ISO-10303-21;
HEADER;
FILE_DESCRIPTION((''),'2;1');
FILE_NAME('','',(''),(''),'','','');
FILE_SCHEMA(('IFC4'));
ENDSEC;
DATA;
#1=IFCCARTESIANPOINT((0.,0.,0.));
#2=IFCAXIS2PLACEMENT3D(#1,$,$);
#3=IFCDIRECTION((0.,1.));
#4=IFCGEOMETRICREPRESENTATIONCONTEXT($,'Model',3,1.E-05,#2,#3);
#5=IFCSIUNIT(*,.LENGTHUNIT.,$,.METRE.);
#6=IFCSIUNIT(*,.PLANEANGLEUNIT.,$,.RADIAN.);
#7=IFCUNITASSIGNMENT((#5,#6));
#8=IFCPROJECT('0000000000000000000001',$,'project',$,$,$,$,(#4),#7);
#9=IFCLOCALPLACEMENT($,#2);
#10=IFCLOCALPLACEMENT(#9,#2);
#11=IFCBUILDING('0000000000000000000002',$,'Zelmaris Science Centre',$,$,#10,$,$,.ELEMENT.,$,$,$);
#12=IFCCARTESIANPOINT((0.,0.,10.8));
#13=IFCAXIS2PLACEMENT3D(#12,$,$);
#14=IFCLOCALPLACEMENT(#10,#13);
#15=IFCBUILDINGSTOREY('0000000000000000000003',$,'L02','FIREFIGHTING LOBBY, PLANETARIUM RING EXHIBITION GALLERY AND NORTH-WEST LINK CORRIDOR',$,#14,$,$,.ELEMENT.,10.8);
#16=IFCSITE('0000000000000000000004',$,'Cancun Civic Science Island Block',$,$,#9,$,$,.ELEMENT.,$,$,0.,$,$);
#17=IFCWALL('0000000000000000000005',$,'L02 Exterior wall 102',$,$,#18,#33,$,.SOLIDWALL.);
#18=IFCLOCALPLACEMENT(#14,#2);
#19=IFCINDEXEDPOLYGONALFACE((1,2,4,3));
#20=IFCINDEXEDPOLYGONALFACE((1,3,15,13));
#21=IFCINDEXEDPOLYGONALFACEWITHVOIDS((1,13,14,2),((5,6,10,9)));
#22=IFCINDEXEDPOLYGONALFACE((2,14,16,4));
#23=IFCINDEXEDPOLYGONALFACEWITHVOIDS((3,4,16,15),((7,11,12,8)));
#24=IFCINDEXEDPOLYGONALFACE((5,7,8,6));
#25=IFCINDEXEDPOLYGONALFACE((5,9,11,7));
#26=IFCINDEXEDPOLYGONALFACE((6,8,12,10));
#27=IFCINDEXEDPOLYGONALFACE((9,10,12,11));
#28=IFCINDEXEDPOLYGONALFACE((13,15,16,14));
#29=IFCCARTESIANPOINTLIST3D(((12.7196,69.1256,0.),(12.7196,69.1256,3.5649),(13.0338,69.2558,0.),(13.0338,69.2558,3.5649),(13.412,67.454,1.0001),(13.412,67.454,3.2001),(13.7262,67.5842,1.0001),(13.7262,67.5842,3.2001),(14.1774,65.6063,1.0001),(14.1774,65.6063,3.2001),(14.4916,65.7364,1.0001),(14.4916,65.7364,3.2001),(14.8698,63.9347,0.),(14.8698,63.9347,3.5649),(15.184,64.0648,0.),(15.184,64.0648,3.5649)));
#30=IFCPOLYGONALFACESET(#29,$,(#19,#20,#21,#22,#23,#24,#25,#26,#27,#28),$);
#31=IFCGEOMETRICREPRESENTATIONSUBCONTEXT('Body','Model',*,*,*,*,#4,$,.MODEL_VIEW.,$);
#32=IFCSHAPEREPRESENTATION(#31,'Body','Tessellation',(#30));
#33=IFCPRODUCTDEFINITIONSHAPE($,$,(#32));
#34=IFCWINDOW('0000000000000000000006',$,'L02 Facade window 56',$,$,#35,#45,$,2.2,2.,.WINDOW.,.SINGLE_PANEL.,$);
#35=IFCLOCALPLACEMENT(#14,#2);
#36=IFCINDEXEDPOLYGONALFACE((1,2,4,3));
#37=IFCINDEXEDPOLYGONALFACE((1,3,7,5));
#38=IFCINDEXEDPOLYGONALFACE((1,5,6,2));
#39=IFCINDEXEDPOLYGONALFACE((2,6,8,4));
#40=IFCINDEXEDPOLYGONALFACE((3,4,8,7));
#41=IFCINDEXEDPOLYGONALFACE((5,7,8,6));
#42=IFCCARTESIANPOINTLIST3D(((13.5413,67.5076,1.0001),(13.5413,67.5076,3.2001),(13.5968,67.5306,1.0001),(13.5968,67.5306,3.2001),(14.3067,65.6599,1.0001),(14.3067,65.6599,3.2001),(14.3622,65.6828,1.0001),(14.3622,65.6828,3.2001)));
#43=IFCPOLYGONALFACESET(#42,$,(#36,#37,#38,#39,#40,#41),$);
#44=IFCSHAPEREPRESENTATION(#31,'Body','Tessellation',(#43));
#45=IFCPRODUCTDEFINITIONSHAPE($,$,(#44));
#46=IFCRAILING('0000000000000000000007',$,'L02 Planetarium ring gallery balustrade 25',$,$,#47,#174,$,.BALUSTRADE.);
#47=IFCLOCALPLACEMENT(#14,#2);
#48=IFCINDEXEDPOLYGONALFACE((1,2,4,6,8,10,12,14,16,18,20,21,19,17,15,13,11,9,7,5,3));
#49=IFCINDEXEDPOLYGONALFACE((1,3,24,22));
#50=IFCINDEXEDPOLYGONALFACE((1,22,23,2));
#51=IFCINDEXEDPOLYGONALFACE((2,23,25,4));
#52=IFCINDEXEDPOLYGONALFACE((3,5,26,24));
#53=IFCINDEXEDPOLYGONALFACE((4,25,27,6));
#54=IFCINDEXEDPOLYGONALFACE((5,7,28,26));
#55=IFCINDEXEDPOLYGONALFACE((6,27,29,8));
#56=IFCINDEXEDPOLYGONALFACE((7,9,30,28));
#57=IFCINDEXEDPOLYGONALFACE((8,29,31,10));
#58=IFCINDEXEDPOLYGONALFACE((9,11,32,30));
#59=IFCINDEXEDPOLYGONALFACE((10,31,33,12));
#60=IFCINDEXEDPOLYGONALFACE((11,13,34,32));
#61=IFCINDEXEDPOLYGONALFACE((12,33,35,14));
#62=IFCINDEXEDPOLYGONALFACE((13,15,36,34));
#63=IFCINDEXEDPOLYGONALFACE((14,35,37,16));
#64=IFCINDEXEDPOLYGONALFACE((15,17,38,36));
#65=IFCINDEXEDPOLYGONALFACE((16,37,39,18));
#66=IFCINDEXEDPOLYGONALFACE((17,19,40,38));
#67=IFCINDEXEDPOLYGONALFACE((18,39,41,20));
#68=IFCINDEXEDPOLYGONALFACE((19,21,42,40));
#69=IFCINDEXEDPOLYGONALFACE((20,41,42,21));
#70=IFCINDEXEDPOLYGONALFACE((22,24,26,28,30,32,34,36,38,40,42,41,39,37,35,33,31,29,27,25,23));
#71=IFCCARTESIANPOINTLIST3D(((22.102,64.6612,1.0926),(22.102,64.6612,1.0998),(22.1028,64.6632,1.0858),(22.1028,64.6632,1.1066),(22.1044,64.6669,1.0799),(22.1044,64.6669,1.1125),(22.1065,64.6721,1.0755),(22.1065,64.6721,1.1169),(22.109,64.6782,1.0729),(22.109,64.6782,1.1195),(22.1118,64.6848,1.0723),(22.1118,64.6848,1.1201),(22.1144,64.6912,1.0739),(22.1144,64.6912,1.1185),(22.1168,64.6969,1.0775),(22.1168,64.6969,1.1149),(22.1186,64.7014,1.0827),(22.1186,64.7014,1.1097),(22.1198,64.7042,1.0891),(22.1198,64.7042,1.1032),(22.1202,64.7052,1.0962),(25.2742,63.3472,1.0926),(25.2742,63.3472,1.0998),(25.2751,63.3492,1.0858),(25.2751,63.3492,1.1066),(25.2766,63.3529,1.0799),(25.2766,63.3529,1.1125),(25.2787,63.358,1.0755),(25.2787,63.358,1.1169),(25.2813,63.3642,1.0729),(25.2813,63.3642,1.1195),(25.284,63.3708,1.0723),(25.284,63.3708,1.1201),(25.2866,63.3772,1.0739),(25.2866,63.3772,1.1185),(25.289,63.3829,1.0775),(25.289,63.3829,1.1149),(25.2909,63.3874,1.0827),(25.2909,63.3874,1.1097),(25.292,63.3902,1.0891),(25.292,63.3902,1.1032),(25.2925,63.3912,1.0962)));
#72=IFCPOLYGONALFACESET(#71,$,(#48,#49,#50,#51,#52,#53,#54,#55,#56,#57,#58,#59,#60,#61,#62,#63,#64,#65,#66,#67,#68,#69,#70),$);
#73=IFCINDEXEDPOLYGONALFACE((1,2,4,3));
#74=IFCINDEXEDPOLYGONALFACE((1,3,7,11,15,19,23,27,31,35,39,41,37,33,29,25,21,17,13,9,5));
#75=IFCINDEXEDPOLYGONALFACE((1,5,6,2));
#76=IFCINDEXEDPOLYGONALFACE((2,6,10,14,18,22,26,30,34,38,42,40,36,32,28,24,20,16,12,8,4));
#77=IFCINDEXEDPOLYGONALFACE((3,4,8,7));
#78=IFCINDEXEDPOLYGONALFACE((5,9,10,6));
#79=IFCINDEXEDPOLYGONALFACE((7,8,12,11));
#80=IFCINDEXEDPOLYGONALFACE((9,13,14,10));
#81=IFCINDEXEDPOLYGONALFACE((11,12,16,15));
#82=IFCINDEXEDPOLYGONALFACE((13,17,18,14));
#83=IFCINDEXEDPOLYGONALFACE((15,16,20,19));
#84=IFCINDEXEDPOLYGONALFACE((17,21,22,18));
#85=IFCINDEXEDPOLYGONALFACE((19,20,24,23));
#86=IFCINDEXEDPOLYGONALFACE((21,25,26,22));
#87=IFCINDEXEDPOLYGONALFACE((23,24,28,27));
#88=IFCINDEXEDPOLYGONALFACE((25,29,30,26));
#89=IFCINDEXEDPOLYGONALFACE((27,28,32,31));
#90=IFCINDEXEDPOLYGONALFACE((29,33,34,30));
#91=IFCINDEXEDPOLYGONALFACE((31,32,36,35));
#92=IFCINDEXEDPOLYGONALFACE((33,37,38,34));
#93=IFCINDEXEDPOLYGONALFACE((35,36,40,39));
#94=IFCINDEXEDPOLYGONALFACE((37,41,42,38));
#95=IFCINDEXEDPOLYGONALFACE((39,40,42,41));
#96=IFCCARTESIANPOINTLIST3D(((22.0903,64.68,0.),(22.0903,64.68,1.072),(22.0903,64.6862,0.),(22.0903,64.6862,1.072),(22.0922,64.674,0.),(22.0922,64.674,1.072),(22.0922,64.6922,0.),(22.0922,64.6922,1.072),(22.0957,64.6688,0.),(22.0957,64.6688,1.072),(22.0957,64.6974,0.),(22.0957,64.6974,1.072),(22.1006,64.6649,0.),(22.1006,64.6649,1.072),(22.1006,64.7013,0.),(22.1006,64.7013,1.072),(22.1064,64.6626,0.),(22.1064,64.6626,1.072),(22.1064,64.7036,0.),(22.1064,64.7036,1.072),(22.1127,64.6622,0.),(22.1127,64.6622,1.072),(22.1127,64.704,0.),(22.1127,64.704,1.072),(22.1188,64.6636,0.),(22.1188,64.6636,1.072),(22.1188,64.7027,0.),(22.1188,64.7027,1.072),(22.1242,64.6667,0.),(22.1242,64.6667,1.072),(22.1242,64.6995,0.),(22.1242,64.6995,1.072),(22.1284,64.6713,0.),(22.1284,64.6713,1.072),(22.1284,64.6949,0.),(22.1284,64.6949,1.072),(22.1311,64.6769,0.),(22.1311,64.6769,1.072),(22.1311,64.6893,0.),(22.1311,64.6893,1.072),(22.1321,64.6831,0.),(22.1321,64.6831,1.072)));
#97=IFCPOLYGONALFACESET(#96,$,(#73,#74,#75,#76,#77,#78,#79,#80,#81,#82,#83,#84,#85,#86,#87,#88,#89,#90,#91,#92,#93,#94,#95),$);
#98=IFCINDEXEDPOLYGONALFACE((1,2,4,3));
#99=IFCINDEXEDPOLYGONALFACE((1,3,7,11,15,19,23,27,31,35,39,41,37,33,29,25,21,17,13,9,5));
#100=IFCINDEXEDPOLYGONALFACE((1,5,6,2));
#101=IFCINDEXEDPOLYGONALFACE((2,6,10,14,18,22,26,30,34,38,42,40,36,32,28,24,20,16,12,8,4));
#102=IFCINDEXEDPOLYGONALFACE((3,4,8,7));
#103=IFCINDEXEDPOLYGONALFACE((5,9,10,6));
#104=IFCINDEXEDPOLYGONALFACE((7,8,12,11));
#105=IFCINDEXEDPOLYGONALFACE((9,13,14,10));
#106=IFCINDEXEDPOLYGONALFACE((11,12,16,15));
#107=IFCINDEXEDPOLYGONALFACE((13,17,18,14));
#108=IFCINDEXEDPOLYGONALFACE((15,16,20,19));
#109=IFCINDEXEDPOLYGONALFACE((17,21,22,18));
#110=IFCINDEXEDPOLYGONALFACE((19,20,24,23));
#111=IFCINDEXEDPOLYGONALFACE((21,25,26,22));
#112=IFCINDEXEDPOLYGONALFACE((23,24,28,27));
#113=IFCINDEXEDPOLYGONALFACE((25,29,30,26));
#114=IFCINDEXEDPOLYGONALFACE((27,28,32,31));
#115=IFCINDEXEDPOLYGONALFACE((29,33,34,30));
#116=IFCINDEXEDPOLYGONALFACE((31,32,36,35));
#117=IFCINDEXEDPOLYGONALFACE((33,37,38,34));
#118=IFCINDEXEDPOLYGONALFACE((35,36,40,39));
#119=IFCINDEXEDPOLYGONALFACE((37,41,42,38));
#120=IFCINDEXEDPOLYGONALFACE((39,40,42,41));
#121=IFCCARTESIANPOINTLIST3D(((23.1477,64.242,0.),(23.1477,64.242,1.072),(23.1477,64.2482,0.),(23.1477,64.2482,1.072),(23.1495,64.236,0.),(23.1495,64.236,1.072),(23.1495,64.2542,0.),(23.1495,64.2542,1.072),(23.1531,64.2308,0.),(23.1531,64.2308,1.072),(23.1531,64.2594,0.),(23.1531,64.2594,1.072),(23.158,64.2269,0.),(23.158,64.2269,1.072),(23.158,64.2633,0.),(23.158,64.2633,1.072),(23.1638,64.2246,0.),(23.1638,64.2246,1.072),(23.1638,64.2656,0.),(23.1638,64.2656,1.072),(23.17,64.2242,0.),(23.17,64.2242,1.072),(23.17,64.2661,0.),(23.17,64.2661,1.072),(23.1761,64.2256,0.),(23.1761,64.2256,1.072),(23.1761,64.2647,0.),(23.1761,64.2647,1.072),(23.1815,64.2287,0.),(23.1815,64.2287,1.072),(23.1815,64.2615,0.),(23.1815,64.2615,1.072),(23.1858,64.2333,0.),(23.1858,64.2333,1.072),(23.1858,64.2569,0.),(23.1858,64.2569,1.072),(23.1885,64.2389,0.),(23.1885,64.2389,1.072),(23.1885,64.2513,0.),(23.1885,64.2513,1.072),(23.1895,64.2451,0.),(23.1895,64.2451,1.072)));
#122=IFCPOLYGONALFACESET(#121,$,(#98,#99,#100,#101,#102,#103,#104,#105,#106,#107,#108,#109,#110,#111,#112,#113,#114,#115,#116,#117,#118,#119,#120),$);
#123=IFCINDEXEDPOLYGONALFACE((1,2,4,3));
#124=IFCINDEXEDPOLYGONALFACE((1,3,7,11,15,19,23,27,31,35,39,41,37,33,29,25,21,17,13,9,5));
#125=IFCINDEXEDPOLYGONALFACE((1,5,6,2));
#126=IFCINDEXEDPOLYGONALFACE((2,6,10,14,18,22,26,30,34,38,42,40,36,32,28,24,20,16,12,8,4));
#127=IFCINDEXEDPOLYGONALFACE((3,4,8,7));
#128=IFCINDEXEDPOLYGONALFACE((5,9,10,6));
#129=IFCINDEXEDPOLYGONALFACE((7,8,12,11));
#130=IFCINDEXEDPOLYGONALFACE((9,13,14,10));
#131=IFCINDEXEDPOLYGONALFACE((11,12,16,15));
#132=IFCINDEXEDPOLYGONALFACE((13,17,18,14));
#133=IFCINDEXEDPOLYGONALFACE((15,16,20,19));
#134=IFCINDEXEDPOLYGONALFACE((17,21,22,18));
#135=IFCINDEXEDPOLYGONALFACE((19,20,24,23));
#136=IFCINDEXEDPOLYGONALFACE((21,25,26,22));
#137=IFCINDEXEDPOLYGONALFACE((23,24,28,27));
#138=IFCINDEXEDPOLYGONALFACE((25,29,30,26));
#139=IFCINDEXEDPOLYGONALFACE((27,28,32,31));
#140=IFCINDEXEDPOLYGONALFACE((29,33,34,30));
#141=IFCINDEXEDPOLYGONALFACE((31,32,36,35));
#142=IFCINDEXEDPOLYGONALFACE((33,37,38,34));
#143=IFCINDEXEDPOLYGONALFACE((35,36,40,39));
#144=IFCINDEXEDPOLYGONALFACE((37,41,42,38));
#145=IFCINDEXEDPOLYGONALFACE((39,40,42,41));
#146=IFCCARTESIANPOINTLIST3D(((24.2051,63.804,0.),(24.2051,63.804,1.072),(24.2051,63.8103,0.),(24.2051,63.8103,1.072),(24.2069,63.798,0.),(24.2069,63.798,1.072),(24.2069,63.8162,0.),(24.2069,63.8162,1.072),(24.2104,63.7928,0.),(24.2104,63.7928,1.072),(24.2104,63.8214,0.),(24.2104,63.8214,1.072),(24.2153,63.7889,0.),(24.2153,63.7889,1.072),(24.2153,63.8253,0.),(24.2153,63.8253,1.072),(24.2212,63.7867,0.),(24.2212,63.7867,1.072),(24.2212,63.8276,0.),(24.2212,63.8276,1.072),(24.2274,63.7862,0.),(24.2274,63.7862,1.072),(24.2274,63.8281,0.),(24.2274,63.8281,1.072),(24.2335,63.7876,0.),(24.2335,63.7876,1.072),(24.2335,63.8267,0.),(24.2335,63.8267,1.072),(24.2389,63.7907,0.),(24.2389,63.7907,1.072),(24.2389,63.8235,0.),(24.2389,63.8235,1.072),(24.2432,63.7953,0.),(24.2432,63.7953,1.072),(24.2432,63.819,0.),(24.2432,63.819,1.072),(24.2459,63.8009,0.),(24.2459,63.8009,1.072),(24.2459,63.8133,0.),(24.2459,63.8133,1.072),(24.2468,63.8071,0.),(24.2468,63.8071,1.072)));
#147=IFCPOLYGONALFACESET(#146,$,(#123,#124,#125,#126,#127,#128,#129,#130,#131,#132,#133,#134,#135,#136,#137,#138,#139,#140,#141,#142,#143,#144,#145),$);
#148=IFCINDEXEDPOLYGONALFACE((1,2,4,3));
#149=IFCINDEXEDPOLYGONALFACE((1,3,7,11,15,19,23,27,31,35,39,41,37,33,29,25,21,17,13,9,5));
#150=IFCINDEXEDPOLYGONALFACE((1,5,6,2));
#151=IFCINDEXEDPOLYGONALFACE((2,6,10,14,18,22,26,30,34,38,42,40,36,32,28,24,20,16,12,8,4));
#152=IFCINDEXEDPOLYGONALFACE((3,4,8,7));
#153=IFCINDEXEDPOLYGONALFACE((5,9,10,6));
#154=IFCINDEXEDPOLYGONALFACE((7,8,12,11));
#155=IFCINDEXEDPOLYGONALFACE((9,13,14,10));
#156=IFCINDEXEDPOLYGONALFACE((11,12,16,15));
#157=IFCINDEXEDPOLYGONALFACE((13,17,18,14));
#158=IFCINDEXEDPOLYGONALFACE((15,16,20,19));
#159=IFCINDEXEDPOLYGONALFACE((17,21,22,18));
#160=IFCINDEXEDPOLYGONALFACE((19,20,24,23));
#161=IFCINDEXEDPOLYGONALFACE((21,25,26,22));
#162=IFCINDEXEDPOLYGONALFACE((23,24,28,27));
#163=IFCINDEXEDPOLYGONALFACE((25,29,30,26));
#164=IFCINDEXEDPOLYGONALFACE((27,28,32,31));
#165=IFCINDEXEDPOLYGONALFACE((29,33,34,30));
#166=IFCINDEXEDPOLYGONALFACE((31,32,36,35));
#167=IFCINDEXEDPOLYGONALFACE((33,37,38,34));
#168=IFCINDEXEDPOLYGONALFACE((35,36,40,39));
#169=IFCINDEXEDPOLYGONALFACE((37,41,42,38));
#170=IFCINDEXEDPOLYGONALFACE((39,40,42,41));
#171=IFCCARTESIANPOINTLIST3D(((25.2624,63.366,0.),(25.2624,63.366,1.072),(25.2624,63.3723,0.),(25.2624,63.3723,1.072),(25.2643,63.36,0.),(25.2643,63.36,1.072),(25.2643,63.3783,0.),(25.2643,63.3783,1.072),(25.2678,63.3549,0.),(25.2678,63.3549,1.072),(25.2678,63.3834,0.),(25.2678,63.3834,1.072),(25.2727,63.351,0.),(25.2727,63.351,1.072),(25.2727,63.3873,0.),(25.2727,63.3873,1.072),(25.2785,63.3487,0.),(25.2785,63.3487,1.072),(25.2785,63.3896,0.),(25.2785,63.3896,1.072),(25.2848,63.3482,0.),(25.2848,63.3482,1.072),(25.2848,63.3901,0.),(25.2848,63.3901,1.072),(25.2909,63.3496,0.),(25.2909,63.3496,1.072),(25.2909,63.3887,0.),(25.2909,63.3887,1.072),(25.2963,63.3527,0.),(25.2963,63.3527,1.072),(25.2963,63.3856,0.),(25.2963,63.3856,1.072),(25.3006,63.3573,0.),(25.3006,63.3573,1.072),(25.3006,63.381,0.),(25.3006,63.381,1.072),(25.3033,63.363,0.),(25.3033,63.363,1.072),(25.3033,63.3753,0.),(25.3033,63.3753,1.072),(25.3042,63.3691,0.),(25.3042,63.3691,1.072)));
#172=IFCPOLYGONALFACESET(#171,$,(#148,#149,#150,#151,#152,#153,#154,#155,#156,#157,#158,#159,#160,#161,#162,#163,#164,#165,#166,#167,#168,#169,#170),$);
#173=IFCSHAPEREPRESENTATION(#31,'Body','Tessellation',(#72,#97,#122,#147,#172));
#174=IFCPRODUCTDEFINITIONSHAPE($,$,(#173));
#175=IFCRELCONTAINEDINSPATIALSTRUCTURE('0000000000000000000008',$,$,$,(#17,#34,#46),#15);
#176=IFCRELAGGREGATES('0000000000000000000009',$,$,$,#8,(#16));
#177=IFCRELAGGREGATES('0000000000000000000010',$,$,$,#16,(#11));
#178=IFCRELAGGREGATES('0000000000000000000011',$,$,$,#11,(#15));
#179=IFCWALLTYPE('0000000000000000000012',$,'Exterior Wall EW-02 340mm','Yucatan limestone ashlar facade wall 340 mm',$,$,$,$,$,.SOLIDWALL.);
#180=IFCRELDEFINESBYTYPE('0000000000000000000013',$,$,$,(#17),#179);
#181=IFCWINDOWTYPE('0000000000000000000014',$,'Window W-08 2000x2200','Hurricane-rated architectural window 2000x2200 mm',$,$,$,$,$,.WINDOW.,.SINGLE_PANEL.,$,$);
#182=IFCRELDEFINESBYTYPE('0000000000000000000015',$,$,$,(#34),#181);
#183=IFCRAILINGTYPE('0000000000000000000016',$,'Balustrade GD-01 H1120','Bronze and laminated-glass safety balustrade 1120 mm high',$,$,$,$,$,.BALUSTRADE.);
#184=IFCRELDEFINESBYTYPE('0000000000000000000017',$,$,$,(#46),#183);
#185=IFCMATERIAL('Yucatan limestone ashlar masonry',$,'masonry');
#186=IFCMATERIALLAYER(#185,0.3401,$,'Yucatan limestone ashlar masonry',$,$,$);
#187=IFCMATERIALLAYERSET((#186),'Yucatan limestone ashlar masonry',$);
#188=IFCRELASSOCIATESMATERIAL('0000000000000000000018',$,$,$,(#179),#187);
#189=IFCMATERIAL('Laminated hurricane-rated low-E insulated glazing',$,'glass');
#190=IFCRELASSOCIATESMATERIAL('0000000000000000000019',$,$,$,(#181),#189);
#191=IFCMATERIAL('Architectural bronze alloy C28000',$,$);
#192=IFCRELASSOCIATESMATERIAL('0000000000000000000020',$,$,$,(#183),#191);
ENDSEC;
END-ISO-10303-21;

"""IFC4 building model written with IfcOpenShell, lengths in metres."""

from ifc_helpers import new_model, si_unit, direction, frame, frame_2d, origin, origin_2d, place, context, subcontext, project, spatial, rectangle, circle, extrude, material, layer, layer_set, type_object, element, fill, save


model = new_model("IFC4")

# Units and contexts
model_context = context("Model", 3, precision=1e-05, world=origin(), true_north=direction((0.0, 1.0)))
body_context = subcontext(model_context, "Body", "Model", "MODEL_VIEW")
ifc_project = project(units=[si_unit("LENGTHUNIT", "METRE"), si_unit("PLANEANGLEUNIT", "RADIAN")], contexts=[model_context])

# Site, building, storey
site_placement = place(None, origin())
site = spatial("IfcSite", under=ifc_project, at=site_placement, Name="Cancun Civic Science Island Block", CompositionType="ELEMENT", RefElevation=0.0)
building_placement = place(site_placement, origin())
building = spatial("IfcBuilding", under=site, at=building_placement, Name="Zelmaris Science Centre", CompositionType="ELEMENT")
storey_placement = place(building_placement, frame((0.0, 0.0, 10.8)))
storey = spatial("IfcBuildingStorey", under=building, at=storey_placement, Name="L02", Description="FIREFIGHTING LOBBY, PLANETARIUM RING EXHIBITION GALLERY AND NORTH-WEST LINK CORRIDOR", CompositionType="ELEMENT", Elevation=10.8)

# Wall, opening, window
ifc_material_1 = material(Name="Yucatan limestone ashlar masonry", Category="masonry")
ifc_layer = layer(ifc_material_1, 0.3401, Name="Yucatan limestone ashlar masonry")
ifc_layer_set = layer_set([ifc_layer], Name="Yucatan limestone ashlar masonry")
wall_type = type_object("IfcWallType", Name="Exterior Wall EW-02 340mm", Description="Yucatan limestone ashlar facade wall 340 mm", PredefinedType="SOLIDWALL", material=ifc_layer_set)
ifc_material_2 = material(Name="Laminated hurricane-rated low-E insulated glazing", Category="glass")
wall_1_placement = place(storey_placement, frame((15.0269, 63.9998, 0.0), z_axis=(0.0, 0.0, 1.0), x_axis=(-0.382683, 0.92388, 0.0)))
wall_1 = element("IfcWall", 1, at=wall_1_placement, inside=storey, type_object=wall_type, Name="L02 Exterior wall 102", PredefinedType="SOLIDWALL", context=body_context, shape_type="SweptSolid", body=[
    extrude(rectangle(XDim=5.6187, YDim=0.3401, at=frame_2d((2.8093, 0.0))), origin(), (0.0, 0.0, 1.0), 3.5649),
])
opening_1_placement = place(wall_1_placement, frame((1.8093, 0.0, 1.0)))
opening_1 = element("IfcOpeningElement", 2, at=opening_1_placement, cuts=wall_1, PredefinedType="OPENING", context=body_context, shape_type="SweptSolid", body=[
    extrude(rectangle(XDim=2.0, YDim=2.2, at=frame_2d((1.0, 1.1001))), frame((0.0, 0.1799, 0.0), z_axis=(0.0, -1.0, 0.0), x_axis=(1.0, 0.0, 0.0)), (0.0, 0.0, 1.0), 0.3601),
])
window_type_1 = type_object("IfcWindowType", Name="Window W-08 2000x2200", Description="Hurricane-rated architectural window 2000x2200 mm", PartitioningType="SINGLE_PANEL", PredefinedType="WINDOW", material=ifc_material_2)
window_1_placement = place(opening_1_placement, origin())
window_1 = element("IfcWindow", 3, at=window_1_placement, inside=storey, type_object=window_type_1, Name="L02 Facade window 56", OverallHeight=2.2, OverallWidth=2.0, PartitioningType="SINGLE_PANEL", PredefinedType="WINDOW", context=body_context, shape_type="SweptSolid", body=[
    extrude(rectangle(XDim=2.0, YDim=2.2, at=frame_2d((1.0, 1.1001))), frame((0.0, 0.03, 0.0), z_axis=(0.0, -1.0, 0.0), x_axis=(1.0, 0.0, 0.0)), (0.0, 0.0, 1.0), 0.0601),
])
fill(opening_1, window_1)

# Railing
ifc_material_3 = material(Name="Architectural bronze alloy C28000")
railing_type = type_object("IfcRailingType", Name="Balustrade GD-01 H1120", Description="Bronze and laminated-glass safety balustrade 1120 mm high", PredefinedType="BALUSTRADE", material=ifc_material_3)
railing_1_placement = place(storey_placement, frame((22.1111, 64.6831, 0.0)))
element("IfcRailing", 4, at=railing_1_placement, inside=storey, type_object=railing_type, Name="L02 Planetarium ring gallery balustrade 25", PredefinedType="BALUSTRADE", context=body_context, shape_type="SweptSolid", body=[
    extrude(circle(Radius=0.0239, at=origin_2d()), frame((0.0, 0.0, 1.0962), z_axis=(0.923876, -0.382691, 0.0), x_axis=(0.382691, 0.923876, 0.0)), (0.0, 0.0, 1.0), 3.4336),
    extrude(circle(Radius=0.021, at=origin_2d()), origin(), (0.0, 0.0, 1.0), 1.072),
    extrude(circle(Radius=0.021, at=origin_2d()), frame((1.0574, -0.438, 0.0)), (0.0, 0.0, 1.0), 1.072),
    extrude(circle(Radius=0.021, at=origin_2d()), frame((2.1147, -0.876, 0.0)), (0.0, 0.0, 1.0), 1.072),
    extrude(circle(Radius=0.021, at=origin_2d()), frame((3.1721, -1.314, 0.0)), (0.0, 0.0, 1.0), 1.072),
])

save(model, "model.ifc")
